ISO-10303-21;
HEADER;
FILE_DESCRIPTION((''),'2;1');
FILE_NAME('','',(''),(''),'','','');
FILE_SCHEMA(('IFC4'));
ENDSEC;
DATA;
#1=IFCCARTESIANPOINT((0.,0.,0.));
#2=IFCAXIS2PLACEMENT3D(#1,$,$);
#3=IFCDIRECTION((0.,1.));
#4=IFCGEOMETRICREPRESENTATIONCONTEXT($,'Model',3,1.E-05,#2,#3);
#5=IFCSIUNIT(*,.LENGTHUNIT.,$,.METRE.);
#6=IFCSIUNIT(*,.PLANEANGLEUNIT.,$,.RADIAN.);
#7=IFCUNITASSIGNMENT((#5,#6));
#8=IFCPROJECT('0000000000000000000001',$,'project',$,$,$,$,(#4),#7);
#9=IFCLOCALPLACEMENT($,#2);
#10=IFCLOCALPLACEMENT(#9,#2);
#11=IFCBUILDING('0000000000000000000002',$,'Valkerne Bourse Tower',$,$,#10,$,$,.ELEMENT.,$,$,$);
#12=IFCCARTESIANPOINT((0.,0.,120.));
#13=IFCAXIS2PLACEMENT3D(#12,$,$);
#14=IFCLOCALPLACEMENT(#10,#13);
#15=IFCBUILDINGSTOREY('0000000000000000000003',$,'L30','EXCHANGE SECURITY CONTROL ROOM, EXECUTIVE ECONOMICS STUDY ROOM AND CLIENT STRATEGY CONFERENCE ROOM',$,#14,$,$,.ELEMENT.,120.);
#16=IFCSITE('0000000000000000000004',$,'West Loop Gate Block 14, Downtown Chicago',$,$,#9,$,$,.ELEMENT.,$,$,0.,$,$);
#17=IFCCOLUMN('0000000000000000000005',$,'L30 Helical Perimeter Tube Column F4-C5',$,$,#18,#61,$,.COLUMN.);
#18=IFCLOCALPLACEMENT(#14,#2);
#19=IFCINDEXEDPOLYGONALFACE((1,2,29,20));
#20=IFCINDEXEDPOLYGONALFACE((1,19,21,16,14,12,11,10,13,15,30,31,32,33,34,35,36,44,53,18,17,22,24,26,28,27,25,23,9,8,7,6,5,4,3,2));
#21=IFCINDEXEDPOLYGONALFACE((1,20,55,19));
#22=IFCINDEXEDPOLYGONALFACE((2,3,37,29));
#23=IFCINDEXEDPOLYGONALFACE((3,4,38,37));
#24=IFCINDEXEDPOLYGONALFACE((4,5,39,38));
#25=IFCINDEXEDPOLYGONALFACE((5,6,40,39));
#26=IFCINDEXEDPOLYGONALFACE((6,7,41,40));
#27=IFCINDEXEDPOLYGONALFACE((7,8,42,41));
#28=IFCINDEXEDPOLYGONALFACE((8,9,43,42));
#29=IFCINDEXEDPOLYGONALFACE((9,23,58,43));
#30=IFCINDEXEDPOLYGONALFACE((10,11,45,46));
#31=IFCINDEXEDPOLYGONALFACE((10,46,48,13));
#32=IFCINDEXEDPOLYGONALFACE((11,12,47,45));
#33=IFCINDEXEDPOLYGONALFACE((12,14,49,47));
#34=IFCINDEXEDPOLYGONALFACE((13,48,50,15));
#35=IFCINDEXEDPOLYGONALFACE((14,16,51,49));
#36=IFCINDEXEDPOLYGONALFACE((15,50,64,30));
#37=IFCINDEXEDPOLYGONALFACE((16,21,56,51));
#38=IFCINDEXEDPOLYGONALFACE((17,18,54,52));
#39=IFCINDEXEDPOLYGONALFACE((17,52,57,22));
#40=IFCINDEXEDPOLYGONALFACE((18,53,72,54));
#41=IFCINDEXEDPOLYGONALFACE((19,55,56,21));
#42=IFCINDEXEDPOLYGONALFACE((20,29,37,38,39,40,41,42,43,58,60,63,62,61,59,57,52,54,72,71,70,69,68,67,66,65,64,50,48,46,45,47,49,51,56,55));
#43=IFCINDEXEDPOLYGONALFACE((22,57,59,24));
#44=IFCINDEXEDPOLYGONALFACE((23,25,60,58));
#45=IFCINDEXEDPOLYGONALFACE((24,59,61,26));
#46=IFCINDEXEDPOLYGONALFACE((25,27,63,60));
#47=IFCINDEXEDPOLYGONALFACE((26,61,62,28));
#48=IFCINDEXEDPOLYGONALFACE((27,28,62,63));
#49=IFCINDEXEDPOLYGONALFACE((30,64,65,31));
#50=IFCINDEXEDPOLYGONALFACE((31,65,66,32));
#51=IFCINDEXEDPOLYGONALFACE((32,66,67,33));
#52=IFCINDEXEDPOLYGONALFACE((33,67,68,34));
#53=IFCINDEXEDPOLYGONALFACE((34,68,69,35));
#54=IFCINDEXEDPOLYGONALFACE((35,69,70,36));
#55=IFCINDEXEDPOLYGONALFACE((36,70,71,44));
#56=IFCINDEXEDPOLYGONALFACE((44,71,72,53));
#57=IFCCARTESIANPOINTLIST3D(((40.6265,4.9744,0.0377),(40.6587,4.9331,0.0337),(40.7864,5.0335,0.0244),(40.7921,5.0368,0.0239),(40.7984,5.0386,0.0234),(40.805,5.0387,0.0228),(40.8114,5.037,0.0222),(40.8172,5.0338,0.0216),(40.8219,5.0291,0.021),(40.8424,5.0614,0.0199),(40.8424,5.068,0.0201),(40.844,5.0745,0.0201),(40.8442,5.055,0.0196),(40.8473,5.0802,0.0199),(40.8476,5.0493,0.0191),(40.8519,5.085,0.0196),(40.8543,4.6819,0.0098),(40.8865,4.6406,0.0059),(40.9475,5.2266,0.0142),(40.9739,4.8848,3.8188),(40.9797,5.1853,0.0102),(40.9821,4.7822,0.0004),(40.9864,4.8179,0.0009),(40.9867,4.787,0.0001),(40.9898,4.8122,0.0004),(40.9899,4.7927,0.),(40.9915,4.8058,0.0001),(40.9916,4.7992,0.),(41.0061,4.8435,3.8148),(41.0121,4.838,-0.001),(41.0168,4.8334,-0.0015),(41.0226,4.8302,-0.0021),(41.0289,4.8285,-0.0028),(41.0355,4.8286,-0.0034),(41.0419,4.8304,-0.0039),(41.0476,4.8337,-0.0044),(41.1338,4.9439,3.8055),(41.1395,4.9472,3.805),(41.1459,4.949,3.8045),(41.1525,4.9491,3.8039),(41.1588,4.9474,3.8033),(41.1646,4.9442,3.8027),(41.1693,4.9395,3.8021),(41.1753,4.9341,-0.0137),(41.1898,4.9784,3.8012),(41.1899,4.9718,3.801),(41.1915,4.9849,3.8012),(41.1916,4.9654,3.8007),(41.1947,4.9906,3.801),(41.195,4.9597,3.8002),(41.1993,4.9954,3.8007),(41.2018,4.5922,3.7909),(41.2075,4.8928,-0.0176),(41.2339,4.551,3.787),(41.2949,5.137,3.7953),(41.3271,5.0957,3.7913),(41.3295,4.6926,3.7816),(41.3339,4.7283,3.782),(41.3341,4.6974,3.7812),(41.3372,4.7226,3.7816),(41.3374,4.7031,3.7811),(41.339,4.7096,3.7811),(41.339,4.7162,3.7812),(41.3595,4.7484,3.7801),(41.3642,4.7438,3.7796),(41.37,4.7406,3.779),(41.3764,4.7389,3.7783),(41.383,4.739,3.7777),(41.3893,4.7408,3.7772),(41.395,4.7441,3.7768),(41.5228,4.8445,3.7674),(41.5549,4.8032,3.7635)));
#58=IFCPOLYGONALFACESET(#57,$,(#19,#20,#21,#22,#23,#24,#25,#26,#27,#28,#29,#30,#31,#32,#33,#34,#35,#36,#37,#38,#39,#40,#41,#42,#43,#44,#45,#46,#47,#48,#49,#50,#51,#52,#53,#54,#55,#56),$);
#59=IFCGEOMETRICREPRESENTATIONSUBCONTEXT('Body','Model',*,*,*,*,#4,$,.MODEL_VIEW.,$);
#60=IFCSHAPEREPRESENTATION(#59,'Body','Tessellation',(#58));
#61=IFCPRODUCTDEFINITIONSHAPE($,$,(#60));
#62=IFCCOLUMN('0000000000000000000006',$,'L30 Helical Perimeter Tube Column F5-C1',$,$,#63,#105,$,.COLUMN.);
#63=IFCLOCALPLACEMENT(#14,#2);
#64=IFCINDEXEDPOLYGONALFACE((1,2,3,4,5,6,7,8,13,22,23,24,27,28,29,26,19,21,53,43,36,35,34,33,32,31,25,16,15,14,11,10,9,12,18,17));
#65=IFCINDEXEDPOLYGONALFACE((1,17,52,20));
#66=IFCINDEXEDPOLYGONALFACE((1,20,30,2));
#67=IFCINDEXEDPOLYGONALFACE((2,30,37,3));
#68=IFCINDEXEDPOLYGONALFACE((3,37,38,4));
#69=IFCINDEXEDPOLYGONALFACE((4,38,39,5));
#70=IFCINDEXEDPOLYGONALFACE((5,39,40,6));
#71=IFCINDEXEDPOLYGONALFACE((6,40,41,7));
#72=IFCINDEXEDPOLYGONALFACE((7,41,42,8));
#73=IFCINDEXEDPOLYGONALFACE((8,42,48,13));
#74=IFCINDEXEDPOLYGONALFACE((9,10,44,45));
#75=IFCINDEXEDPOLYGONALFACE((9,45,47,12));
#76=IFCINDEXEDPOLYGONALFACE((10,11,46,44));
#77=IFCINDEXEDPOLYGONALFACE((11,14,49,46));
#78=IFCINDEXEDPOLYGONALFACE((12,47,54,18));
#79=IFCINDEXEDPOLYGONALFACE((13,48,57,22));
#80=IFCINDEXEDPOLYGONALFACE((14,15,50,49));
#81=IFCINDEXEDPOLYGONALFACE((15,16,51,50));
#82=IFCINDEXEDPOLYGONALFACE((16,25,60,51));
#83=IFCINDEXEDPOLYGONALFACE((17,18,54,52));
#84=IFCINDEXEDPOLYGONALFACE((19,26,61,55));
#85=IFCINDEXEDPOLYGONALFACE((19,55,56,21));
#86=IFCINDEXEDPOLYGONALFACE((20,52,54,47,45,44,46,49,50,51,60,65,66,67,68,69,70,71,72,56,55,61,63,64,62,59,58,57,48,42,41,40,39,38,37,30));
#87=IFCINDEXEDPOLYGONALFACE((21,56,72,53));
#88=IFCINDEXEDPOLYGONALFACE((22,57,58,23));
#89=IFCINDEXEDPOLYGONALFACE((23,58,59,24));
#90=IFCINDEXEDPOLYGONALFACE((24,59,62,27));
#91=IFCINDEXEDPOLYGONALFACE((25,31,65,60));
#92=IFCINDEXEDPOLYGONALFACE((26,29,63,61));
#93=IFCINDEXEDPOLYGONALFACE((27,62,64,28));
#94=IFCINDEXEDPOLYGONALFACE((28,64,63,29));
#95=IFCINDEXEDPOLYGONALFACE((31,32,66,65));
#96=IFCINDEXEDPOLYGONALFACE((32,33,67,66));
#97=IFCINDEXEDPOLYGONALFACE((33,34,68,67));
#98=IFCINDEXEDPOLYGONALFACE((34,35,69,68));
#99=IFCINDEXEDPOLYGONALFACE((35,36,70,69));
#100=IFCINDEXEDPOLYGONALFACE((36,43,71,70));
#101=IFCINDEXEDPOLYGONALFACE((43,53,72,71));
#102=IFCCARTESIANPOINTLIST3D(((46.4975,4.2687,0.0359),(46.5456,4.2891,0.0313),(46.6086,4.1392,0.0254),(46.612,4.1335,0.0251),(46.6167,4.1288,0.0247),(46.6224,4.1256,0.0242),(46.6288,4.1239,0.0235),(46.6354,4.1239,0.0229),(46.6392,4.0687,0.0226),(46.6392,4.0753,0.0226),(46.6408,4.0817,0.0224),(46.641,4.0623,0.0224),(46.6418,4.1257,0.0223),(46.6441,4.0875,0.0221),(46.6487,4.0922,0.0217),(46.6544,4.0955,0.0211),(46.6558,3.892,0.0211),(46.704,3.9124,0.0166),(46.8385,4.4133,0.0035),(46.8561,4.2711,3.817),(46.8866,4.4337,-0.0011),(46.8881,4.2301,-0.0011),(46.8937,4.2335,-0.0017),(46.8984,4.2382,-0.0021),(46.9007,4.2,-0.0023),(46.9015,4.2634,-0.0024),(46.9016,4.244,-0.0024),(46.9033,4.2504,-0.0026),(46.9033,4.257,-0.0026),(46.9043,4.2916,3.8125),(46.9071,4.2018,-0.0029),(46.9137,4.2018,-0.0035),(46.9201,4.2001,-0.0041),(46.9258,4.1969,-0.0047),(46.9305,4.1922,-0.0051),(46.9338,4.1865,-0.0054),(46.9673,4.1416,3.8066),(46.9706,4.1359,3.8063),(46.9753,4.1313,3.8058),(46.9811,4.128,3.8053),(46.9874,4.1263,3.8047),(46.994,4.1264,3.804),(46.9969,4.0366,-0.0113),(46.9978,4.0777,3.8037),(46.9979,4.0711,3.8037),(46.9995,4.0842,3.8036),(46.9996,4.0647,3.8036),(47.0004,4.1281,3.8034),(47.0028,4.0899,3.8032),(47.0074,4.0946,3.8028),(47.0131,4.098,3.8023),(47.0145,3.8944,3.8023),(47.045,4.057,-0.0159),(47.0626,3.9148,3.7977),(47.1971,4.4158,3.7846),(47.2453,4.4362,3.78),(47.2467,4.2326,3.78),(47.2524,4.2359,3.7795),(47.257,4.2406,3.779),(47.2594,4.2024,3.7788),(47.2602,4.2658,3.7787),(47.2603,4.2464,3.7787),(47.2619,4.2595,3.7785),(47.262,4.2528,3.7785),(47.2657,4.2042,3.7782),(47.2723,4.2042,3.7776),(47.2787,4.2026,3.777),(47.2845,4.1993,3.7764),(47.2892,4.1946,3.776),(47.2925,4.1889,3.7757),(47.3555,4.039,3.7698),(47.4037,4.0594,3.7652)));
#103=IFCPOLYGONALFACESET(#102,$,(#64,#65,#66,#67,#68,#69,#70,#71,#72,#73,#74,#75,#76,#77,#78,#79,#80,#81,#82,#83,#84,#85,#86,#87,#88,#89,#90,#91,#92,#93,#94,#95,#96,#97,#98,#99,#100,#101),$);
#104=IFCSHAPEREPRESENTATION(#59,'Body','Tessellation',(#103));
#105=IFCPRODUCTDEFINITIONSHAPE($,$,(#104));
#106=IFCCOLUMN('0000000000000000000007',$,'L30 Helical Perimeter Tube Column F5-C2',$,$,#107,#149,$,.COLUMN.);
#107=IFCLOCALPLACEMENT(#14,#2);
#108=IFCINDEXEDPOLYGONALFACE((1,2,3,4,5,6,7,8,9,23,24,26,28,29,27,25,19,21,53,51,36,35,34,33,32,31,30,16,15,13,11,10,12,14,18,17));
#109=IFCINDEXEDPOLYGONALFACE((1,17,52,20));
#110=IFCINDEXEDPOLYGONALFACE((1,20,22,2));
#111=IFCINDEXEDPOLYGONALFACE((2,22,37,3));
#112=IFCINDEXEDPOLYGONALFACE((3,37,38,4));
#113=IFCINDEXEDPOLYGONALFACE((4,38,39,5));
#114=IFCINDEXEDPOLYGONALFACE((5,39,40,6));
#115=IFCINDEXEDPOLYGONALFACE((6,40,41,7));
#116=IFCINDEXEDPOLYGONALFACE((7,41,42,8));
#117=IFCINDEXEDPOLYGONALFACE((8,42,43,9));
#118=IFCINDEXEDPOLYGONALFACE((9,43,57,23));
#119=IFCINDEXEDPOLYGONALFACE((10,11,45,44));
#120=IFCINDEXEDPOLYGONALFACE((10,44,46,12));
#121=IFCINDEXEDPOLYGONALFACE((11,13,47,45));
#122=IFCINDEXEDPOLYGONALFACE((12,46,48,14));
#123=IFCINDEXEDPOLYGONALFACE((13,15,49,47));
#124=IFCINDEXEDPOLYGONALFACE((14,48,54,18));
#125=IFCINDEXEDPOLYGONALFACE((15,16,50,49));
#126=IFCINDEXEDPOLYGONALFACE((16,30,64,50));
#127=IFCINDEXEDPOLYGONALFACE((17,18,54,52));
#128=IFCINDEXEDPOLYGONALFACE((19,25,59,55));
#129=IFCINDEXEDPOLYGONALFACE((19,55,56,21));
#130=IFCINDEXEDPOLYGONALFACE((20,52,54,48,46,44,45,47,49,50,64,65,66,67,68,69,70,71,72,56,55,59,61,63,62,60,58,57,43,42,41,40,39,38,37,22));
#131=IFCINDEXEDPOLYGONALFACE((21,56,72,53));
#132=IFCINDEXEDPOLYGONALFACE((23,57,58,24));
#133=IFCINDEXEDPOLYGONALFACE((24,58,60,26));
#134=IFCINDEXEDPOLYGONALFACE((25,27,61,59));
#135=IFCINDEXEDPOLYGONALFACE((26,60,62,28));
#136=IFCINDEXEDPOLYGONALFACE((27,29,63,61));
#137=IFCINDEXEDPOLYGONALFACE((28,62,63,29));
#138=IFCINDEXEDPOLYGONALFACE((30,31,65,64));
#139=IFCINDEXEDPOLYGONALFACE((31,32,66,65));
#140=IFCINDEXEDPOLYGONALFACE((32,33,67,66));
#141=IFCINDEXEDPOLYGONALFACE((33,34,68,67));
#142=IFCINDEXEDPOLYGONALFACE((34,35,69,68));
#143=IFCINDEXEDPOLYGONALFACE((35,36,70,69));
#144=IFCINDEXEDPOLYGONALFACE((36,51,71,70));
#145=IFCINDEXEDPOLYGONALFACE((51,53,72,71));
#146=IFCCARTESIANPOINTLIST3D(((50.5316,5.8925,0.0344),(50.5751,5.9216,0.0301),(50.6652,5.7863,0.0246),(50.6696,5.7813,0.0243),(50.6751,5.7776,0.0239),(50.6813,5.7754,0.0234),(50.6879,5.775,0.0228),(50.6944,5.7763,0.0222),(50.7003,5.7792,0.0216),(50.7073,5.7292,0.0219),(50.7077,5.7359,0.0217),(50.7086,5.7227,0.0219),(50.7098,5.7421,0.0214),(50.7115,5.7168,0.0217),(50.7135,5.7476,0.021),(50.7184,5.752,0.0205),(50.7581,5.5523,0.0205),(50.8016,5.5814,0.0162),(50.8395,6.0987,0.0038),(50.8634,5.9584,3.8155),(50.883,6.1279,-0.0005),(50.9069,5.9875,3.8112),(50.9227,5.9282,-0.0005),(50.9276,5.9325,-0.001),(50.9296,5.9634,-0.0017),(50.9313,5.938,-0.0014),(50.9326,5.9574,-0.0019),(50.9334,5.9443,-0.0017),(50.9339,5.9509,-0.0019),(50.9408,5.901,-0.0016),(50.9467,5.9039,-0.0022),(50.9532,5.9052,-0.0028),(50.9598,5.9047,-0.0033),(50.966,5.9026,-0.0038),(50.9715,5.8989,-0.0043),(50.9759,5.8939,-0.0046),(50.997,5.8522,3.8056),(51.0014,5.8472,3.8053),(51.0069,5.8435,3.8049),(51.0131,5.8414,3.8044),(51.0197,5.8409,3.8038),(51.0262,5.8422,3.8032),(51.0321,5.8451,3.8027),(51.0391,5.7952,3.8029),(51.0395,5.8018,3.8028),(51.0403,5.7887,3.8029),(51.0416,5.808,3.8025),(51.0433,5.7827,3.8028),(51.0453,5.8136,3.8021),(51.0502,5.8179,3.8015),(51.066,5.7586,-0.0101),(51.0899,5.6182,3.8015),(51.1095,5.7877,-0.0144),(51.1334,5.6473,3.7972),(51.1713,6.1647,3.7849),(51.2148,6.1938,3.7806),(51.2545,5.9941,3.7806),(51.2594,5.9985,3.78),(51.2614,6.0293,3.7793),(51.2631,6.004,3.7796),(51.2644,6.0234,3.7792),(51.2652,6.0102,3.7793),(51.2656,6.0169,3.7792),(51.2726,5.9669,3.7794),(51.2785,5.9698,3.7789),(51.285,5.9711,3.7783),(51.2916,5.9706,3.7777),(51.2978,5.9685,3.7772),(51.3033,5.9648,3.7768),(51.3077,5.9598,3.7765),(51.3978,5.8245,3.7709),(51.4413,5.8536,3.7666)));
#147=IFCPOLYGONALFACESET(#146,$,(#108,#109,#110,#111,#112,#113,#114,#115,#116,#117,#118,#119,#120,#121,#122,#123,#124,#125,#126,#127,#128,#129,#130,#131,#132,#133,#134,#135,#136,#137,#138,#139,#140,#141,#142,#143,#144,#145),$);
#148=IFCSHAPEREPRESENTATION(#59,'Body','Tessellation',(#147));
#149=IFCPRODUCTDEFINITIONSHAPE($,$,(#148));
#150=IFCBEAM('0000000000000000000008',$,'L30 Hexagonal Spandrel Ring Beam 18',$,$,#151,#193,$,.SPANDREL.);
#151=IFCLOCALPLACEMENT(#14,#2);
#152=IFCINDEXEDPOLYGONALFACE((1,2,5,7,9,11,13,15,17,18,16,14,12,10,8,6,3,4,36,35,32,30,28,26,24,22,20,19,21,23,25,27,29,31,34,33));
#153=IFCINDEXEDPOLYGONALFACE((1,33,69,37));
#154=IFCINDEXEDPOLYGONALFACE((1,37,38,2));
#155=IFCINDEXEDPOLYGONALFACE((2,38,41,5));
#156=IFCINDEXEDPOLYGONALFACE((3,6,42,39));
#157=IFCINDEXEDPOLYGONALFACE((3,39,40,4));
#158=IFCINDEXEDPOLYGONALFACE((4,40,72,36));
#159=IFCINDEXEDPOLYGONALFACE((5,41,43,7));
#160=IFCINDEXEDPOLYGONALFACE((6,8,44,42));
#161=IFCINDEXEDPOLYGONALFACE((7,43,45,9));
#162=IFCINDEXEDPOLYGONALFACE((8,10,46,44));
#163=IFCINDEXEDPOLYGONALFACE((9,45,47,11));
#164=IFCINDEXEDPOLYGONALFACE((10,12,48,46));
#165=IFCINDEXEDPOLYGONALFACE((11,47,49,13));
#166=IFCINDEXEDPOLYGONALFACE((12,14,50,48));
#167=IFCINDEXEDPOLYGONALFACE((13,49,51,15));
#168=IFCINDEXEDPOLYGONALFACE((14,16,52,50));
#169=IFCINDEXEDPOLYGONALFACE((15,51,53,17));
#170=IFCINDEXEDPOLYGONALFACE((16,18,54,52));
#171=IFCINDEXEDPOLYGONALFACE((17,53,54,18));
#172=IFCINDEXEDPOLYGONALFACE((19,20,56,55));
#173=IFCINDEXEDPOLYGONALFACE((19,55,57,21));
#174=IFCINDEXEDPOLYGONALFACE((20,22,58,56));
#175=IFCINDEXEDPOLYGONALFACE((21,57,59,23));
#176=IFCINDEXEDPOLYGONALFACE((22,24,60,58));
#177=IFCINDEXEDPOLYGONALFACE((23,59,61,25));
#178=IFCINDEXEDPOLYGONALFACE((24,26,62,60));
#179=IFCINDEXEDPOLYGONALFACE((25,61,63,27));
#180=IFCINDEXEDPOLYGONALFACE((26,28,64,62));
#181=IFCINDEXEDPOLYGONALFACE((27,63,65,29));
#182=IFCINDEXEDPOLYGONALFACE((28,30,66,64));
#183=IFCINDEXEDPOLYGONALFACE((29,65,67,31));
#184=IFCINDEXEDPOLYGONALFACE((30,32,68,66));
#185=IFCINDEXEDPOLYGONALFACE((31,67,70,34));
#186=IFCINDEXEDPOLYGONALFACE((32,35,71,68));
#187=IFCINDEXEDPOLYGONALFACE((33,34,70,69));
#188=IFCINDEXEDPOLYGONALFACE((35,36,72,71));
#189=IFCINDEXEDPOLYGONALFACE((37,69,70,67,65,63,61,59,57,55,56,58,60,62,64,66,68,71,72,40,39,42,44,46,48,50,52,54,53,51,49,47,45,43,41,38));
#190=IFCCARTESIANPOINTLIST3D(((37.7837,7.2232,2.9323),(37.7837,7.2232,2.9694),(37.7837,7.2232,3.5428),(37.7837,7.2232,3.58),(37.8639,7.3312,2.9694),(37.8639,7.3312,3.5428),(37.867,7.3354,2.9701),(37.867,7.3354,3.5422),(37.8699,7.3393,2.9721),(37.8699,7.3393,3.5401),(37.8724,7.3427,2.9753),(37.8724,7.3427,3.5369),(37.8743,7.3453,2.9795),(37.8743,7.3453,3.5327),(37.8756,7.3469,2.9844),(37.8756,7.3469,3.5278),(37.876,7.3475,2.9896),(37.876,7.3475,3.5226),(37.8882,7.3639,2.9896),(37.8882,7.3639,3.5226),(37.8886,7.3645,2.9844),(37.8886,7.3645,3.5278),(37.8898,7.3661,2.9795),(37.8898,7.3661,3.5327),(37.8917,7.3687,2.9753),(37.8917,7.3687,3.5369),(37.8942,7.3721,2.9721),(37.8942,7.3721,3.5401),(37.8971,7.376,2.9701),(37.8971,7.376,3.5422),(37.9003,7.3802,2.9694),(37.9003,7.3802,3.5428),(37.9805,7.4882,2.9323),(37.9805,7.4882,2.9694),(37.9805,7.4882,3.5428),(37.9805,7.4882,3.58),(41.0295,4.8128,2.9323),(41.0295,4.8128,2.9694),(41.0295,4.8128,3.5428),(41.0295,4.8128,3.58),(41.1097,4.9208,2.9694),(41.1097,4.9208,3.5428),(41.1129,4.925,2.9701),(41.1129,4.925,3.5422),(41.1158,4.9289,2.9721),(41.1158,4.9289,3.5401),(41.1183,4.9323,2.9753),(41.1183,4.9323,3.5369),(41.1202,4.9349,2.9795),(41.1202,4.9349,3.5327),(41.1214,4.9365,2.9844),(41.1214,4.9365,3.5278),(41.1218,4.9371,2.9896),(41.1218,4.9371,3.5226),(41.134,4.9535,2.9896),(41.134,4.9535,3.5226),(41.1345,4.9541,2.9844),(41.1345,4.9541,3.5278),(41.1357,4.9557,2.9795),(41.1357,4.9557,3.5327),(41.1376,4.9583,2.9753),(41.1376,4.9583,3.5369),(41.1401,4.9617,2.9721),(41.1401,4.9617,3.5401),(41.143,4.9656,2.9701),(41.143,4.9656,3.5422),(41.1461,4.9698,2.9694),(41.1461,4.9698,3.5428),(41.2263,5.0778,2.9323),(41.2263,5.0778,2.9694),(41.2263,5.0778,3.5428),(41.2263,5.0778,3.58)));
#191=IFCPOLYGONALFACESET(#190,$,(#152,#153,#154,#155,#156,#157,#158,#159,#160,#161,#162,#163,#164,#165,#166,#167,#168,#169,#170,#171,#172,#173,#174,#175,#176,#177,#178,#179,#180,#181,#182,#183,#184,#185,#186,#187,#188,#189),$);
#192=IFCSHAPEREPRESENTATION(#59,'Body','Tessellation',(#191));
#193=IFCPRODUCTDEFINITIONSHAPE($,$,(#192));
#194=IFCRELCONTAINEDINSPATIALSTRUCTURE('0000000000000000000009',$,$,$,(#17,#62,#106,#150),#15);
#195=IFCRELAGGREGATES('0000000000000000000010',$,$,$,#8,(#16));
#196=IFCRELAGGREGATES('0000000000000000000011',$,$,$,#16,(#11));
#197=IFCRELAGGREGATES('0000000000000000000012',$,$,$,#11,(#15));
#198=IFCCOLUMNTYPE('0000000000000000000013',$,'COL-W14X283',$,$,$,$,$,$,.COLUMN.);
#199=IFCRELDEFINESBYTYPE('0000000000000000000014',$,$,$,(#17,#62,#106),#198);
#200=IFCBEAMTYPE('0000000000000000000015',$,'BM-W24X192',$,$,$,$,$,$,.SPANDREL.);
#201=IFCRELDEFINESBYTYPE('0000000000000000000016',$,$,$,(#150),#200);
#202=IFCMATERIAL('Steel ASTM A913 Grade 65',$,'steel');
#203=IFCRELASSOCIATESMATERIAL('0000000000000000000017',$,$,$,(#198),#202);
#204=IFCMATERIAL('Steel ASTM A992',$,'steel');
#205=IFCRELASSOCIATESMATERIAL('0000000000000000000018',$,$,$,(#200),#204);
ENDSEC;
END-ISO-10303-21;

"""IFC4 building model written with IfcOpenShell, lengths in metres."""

from ifc_helpers import new_model, si_unit, direction, frame, origin, origin_2d, place, context, subcontext, project, spatial, i_section, extrude, material, material_profile, profile_set, type_object, element, save


model = new_model("IFC4")

# Units and contexts
model_context = context("Model", 3, precision=1e-05, world=origin(), true_north=direction((0.0, 1.0)))
body_context = subcontext(model_context, "Body", "Model", "MODEL_VIEW")
ifc_project = project(units=[si_unit("LENGTHUNIT", "METRE"), si_unit("PLANEANGLEUNIT", "RADIAN")], contexts=[model_context])

# Site, building, storey
site_placement = place(None, origin())
site = spatial("IfcSite", under=ifc_project, at=site_placement, Name="West Loop Gate Block 14, Downtown Chicago", CompositionType="ELEMENT", RefElevation=0.0)
building_placement = place(site_placement, origin())
building = spatial("IfcBuilding", under=site, at=building_placement, Name="Valkerne Bourse Tower", CompositionType="ELEMENT")
storey_placement = place(building_placement, frame((0.0, 0.0, 120.0)))
storey = spatial("IfcBuildingStorey", under=building, at=storey_placement, Name="L30", Description="EXCHANGE SECURITY CONTROL ROOM, EXECUTIVE ECONOMICS STUDY ROOM AND CLIENT STRATEGY CONFERENCE ROOM", CompositionType="ELEMENT", Elevation=120.0)

# Columns
ifc_material_1 = material(Name="Steel ASTM A913 Grade 65", Category="steel")
ifc_material_profile_1 = material_profile(ifc_material_1, i_section(OverallWidth=0.4089, OverallDepth=0.4243, WebThickness=0.0327, FlangeThickness=0.0525, FilletRadius=0.0254, at=origin_2d()), Name="W14X283")
ifc_profile_set_1 = profile_set([ifc_material_profile_1], Name="Steel ASTM A913 Grade 65")
column_type = type_object("IfcColumnType", Name="COL-W14X283", PredefinedType="COLUMN", material=ifc_profile_set_1)
for number, where, z_axis, x_axis, name in (
    (1, (40.917, 4.9336, 0.01), (0.091473, -0.023591, 0.995528), (0.784964, 0.616867, -0.057507), "L30 Helical Perimeter Tube Column F4-C5"),
    (2, (46.7712, 4.1628, 0.01), (0.09443, 0.000643, 0.995531), (-0.387254, 0.921265, 0.036138), "L30 Helical Perimeter Tube Column F5-C1"),
):
    element("IfcColumn", number, at=place(storey_placement, frame(where, z_axis=z_axis, x_axis=x_axis)), inside=storey, type_object=column_type, Name=name, PredefinedType="COLUMN", context=body_context, shape_type="SweptSolid", body=[
        extrude(i_section(OverallWidth=0.4089, OverallDepth=0.4243, WebThickness=0.0327, FlangeThickness=0.0525, FilletRadius=0.0254, at=origin_2d()), origin(), (0.0, 0.0, 1.0), 3.7981),
    ])
column_placement = place(storey_placement, frame((50.8206, 5.8401, 0.01), z_axis=(0.087402, 0.017365, 0.996022), x_axis=(-0.553888, 0.831893, 0.034101)))
element("IfcColumn", 3, at=column_placement, inside=storey, type_object=column_type, Name="L30 Helical Perimeter Tube Column F5-C2", PredefinedType="COLUMN", context=body_context, shape_type="SweptSolid", body=[
    extrude(i_section(OverallWidth=0.4089, OverallDepth=0.4243, WebThickness=0.0327, FlangeThickness=0.0525, FilletRadius=0.0254, at=origin_2d()), origin(), (0.0, 0.0, 1.0), 3.7961),
])

# Beam
ifc_material_2 = material(Name="Steel ASTM A992", Category="steel")
ifc_material_profile_2 = material_profile(ifc_material_2, i_section(OverallWidth=0.3301, OverallDepth=0.6477, WebThickness=0.0205, FlangeThickness=0.0371, FilletRadius=0.0203, at=origin_2d()), Name="W24X192")
ifc_profile_set_2 = profile_set([ifc_material_profile_2], Name="Steel ASTM A992")
beam_type_1 = type_object("IfcBeamType", Name="BM-W24X192", PredefinedType="SPANDREL", material=ifc_profile_set_2)
beam_1_placement = place(storey_placement, frame((37.8821, 7.3557, 3.2561), z_axis=(0.802839, -0.596196, 0.0), x_axis=(0.596196, 0.802839, 0.0)))
element("IfcBeam", 4, at=beam_1_placement, inside=storey, type_object=beam_type_1, Name="L30 Hexagonal Spandrel Ring Beam 18", PredefinedType="SPANDREL", context=body_context, shape_type="SweptSolid", body=[
    extrude(i_section(OverallWidth=0.3301, OverallDepth=0.6477, WebThickness=0.0205, FlangeThickness=0.0371, FilletRadius=0.0203, at=origin_2d()), origin(), (0.0, 0.0, 1.0), 4.043),
])

save(model, "model.ifc")
